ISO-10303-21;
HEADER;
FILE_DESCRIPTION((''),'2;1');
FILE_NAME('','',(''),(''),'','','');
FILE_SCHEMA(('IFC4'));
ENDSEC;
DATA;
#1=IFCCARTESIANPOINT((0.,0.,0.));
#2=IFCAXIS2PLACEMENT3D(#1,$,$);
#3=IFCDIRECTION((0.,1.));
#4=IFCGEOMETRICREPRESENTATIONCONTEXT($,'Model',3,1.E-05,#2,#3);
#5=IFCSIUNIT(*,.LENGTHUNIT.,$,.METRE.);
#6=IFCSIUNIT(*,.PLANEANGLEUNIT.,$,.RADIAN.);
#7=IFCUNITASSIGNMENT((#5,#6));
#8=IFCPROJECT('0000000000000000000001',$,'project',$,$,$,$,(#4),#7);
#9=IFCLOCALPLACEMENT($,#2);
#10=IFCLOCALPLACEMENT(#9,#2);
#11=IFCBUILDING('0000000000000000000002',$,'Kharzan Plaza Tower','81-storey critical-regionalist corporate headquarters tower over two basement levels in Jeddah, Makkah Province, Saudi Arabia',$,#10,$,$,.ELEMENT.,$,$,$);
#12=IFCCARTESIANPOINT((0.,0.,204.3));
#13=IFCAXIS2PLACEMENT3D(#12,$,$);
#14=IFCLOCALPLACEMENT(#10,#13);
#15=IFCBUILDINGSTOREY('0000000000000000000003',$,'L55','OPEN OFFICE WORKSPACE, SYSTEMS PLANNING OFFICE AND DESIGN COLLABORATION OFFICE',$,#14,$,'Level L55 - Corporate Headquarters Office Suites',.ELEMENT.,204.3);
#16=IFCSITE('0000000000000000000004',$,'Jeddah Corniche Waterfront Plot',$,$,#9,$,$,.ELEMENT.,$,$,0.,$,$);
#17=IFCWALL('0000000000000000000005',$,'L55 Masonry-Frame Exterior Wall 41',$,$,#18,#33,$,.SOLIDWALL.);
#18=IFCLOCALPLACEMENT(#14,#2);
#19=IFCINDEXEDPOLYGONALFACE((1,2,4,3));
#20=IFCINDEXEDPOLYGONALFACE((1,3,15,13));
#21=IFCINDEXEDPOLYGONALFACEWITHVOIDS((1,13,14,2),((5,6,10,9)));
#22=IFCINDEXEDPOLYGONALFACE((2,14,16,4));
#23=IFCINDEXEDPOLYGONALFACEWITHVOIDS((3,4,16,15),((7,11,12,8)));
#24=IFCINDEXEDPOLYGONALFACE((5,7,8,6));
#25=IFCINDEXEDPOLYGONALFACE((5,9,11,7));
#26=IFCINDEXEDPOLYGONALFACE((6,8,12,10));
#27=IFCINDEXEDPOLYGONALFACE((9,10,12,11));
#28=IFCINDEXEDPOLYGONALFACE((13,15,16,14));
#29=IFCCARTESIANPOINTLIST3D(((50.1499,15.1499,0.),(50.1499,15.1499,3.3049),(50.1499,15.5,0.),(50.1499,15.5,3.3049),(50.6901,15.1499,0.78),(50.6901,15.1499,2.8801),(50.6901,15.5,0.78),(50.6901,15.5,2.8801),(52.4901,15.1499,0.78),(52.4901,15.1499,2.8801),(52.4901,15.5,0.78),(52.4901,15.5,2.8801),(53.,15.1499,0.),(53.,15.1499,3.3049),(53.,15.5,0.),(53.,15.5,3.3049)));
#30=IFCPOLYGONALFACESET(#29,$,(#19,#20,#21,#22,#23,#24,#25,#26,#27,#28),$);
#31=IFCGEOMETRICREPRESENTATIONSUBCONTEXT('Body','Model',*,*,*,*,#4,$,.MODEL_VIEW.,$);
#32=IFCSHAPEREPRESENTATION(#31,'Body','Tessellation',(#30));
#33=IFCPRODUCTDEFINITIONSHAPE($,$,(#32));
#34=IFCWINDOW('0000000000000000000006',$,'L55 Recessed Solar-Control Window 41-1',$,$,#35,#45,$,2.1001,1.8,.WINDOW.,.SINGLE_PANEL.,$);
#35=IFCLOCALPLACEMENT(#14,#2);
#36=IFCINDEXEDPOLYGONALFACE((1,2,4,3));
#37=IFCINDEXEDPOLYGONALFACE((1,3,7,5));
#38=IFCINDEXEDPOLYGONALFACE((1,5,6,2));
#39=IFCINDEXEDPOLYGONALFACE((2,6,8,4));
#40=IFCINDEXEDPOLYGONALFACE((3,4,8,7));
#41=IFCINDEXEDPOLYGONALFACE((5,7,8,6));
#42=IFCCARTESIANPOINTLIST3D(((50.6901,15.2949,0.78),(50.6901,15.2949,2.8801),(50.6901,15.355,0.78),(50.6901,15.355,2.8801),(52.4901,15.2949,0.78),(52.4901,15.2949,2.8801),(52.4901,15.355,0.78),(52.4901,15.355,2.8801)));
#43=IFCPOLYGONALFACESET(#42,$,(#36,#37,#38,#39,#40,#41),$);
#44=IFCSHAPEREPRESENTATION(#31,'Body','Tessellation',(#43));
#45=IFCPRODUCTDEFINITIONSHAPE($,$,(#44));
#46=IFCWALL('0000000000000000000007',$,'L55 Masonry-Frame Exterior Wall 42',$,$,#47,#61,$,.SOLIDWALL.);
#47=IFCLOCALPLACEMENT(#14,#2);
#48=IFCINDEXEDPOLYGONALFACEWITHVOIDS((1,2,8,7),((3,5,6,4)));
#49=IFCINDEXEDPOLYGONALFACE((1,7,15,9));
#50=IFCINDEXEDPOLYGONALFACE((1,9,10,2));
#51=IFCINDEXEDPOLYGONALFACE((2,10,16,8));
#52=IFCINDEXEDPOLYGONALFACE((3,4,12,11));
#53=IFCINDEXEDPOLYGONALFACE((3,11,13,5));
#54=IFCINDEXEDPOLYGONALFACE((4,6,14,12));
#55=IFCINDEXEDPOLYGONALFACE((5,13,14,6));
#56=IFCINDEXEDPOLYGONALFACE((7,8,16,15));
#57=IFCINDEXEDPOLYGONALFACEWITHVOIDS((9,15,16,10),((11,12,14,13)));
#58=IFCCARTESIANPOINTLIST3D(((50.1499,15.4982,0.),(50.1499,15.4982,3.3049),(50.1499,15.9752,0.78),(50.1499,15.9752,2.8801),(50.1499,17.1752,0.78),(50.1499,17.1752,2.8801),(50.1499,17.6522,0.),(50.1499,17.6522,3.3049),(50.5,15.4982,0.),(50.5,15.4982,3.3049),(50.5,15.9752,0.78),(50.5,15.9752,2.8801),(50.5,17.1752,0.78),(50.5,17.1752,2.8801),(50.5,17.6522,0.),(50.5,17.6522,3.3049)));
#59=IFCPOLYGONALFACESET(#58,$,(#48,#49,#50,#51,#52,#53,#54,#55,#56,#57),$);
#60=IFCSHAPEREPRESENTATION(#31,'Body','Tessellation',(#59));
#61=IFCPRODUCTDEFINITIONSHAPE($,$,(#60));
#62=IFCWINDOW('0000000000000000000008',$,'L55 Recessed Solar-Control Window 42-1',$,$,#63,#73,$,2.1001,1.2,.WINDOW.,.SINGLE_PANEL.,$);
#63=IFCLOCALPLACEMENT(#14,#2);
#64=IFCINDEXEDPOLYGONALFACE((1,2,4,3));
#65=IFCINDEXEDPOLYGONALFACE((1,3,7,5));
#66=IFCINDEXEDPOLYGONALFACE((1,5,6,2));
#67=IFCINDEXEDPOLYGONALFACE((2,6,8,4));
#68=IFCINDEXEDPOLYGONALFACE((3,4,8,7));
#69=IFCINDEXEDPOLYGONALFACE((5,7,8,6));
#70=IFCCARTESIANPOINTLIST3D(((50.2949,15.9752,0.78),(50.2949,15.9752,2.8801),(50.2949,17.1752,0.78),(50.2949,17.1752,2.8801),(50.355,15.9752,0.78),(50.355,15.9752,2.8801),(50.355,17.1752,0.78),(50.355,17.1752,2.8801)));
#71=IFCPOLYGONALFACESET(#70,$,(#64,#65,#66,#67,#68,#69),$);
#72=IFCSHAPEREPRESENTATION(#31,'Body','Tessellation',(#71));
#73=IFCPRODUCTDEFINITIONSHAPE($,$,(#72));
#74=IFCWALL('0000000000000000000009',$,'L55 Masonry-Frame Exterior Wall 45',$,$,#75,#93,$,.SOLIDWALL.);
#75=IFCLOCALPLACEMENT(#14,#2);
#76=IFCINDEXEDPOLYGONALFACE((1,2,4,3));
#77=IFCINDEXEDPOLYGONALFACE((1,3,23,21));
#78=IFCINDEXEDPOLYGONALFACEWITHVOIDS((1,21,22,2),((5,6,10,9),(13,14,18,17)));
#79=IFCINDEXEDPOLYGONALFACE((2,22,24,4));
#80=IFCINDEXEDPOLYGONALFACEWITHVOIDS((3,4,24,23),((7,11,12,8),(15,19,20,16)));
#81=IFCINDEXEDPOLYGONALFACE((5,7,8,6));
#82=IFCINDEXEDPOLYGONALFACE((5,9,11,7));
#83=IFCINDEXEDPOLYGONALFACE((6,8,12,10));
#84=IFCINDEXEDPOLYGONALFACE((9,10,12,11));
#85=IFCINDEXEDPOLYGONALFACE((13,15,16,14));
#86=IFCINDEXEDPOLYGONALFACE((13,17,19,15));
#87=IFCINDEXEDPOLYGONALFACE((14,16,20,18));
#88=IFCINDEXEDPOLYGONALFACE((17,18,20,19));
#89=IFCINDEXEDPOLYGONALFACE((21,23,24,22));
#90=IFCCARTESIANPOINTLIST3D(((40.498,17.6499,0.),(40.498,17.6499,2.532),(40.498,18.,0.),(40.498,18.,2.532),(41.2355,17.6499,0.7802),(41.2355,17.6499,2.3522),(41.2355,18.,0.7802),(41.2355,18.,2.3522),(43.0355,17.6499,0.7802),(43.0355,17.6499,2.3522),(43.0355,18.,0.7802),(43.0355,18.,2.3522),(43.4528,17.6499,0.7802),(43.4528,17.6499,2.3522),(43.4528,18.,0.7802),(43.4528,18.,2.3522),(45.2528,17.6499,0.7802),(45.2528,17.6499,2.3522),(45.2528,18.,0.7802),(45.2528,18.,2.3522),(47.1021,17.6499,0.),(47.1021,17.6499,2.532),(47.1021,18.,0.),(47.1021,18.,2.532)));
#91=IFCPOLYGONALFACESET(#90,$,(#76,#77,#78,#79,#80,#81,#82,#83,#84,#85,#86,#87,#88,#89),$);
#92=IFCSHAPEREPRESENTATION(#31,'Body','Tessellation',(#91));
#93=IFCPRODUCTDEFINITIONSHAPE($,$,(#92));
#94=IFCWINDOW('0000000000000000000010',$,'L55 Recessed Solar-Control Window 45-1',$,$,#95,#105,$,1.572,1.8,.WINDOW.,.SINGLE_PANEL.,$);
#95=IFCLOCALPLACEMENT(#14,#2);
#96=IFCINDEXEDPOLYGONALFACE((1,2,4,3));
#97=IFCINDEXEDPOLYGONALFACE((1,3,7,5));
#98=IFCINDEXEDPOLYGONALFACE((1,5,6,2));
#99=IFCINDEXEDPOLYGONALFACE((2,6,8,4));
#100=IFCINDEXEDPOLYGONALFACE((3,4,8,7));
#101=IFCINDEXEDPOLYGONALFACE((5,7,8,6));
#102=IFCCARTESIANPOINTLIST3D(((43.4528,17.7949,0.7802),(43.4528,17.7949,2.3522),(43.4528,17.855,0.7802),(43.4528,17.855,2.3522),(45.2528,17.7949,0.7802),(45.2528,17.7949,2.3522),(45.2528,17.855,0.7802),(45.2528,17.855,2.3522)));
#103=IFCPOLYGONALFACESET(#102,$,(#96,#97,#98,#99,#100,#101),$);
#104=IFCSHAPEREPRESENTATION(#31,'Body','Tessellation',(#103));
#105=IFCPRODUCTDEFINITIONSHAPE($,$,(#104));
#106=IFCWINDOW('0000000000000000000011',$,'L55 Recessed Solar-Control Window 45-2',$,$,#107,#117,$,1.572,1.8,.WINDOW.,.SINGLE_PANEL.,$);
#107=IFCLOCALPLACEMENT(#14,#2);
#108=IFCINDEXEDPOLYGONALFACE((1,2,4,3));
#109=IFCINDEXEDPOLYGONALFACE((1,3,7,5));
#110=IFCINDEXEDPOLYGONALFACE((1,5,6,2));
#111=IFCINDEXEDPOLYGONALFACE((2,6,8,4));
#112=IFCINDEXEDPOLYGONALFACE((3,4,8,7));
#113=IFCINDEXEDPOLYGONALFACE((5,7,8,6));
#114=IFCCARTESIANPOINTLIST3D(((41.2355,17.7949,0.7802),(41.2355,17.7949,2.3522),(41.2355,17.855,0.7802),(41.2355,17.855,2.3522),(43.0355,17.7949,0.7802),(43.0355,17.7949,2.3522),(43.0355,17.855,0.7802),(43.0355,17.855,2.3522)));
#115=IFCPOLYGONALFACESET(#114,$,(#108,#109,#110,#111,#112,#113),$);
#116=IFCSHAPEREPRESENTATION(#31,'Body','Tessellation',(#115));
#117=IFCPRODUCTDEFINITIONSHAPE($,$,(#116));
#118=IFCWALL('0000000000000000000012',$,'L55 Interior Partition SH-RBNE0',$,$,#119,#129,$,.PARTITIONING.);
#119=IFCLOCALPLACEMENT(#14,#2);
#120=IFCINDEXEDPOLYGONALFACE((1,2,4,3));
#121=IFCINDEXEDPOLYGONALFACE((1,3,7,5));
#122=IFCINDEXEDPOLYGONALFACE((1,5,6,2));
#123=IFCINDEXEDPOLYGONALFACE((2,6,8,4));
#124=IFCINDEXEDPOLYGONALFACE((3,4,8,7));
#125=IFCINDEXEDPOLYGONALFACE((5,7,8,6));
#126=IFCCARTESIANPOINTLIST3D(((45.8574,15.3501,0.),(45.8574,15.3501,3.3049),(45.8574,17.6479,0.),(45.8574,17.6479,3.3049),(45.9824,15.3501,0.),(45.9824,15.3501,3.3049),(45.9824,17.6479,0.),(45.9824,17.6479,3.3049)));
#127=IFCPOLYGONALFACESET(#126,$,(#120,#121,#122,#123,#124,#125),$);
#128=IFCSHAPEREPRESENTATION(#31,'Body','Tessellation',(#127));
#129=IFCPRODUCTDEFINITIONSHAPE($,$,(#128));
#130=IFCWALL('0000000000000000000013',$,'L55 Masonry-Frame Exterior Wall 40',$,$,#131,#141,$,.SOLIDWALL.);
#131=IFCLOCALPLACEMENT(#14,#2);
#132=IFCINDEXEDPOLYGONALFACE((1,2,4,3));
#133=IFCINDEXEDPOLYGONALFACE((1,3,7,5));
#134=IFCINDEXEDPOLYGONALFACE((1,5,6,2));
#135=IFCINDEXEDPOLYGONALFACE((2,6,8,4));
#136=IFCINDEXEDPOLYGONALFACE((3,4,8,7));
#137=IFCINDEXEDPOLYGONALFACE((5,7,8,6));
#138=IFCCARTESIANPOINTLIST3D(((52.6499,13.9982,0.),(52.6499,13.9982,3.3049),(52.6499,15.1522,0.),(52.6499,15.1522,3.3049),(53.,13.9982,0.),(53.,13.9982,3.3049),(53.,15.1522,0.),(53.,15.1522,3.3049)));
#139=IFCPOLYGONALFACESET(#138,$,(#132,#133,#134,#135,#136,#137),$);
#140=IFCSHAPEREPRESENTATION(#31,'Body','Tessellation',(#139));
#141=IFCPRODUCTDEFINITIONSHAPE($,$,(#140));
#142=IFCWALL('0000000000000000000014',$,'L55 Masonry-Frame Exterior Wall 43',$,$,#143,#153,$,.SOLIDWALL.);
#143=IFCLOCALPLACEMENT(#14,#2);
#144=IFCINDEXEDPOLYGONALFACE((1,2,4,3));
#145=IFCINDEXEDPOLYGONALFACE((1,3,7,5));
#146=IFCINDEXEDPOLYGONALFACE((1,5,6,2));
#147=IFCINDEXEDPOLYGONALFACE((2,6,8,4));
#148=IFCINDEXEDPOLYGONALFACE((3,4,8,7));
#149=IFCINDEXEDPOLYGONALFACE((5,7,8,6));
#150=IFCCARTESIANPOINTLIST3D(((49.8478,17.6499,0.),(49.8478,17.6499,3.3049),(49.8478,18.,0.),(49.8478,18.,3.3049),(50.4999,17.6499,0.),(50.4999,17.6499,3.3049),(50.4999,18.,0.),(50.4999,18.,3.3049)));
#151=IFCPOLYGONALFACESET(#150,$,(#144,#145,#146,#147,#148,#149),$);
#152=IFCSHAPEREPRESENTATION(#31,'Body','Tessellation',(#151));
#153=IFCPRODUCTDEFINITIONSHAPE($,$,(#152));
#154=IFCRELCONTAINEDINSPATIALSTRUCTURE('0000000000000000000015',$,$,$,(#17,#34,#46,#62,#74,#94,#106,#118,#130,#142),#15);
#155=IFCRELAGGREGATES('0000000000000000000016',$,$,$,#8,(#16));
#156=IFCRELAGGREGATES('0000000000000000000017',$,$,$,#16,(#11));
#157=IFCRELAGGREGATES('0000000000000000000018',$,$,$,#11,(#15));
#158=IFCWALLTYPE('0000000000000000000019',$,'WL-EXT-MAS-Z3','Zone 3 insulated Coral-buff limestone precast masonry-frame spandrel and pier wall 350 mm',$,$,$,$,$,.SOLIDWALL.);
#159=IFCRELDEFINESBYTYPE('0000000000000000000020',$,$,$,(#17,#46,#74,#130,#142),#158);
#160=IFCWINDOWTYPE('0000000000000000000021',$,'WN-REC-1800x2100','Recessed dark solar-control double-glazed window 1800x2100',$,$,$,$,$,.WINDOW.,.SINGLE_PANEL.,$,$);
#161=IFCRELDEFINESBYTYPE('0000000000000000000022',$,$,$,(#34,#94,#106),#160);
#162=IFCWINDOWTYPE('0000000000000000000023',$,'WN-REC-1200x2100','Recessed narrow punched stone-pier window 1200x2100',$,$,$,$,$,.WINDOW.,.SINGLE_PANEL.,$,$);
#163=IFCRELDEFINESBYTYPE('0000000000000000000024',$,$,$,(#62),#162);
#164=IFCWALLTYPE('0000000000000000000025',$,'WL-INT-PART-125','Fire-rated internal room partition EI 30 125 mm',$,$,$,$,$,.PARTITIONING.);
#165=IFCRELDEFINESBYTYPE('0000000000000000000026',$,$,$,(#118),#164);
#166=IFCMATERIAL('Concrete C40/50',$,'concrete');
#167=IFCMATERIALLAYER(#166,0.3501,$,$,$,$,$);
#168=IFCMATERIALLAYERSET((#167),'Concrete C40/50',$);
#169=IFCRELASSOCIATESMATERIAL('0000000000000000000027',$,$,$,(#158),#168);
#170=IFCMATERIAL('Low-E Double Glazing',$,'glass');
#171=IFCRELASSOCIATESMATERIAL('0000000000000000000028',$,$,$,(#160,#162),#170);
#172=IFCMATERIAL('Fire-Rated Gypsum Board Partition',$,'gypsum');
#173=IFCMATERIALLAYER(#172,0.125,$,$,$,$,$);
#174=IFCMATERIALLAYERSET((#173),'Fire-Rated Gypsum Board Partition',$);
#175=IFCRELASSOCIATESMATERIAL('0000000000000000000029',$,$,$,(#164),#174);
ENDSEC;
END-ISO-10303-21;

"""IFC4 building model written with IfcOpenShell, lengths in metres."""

from ifc_helpers import new_model, si_unit, direction, frame, frame_2d, origin, place, context, subcontext, project, spatial, rectangle, extrude, source, transform, mapped, material, layer, layer_set, type_object, element, fill, save


model = new_model("IFC4")

# Units and contexts
model_context = context("Model", 3, precision=1e-05, world=origin(), true_north=direction((0.0, 1.0)))
body_context = subcontext(model_context, "Body", "Model", "MODEL_VIEW")
ifc_project = project(units=[si_unit("LENGTHUNIT", "METRE"), si_unit("PLANEANGLEUNIT", "RADIAN")], contexts=[model_context])

# Site, building, storey
site_placement = place(None, origin())
site = spatial("IfcSite", under=ifc_project, at=site_placement, Name="Jeddah Corniche Waterfront Plot", CompositionType="ELEMENT", RefElevation=0.0)
building_placement = place(site_placement, origin())
building = spatial("IfcBuilding", under=site, at=building_placement, Name="Kharzan Plaza Tower", Description="81-storey critical-regionalist corporate headquarters tower over two basement levels in Jeddah, Makkah Province, Saudi Arabia", CompositionType="ELEMENT")
storey_placement = place(building_placement, frame((0.0, 0.0, 204.3)))
storey = spatial("IfcBuildingStorey", under=building, at=storey_placement, Name="L55", Description="OPEN OFFICE WORKSPACE, SYSTEMS PLANNING OFFICE AND DESIGN COLLABORATION OFFICE", LongName="Level L55 - Corporate Headquarters Office Suites", CompositionType="ELEMENT", Elevation=204.3)

# Walls, openings, windows
ifc_material_1 = material(Name="Concrete C40/50", Category="concrete")
ifc_layer_1 = layer(ifc_material_1, 0.3501)
ifc_layer_set_1 = layer_set([ifc_layer_1], Name="Concrete C40/50")
wall_type_1 = type_object("IfcWallType", Name="WL-EXT-MAS-Z3", Description="Zone 3 insulated Coral-buff limestone precast masonry-frame spandrel and pier wall 350 mm", PredefinedType="SOLIDWALL", material=ifc_layer_set_1)
wall_1_placement = place(storey_placement, frame((53.0, 15.325, 0.0), z_axis=(0.0, 0.0, 1.0), x_axis=(-1.0, 0.0, 0.0)))
wall_1 = element("IfcWall", 1, at=wall_1_placement, inside=storey, type_object=wall_type_1, Name="L55 Masonry-Frame Exterior Wall 41", PredefinedType="SOLIDWALL", context=body_context, shape_type="SweptSolid", body=[
    extrude(rectangle(XDim=2.8501, YDim=0.3501, at=frame_2d((1.425, 0.0))), origin(), (0.0, 0.0, 1.0), 3.3049),
])
opening_1_placement = place(wall_1_placement, frame((0.51, 0.0, 0.78)))
opening_1 = element("IfcOpeningElement", 2, at=opening_1_placement, cuts=wall_1, PredefinedType="OPENING", context=body_context, shape_type="SweptSolid", body=[
    extrude(rectangle(XDim=1.8, YDim=2.1001, at=frame_2d((0.8999, 1.05))), frame((0.0, 0.1851, 0.0), z_axis=(0.0, -1.0, 0.0), x_axis=(1.0, 0.0, 0.0)), (0.0, 0.0, 1.0), 0.3701),
])
ifc_material_2 = material(Name="Low-E Double Glazing", Category="glass")
window_type_1 = type_object("IfcWindowType", Name="WN-REC-1800x2100", Description="Recessed dark solar-control double-glazed window 1800x2100", PartitioningType="SINGLE_PANEL", PredefinedType="WINDOW", material=ifc_material_2)
shared_shape_1 = source(origin(), body_context, "Body", "SweptSolid", [
    extrude(rectangle(XDim=1.8, YDim=2.1001, at=frame_2d((0.8999, 1.05))), frame((0.0, 0.03, 0.0), z_axis=(0.0, -1.0, 0.0), x_axis=(1.0, 0.0, 0.0)), (0.0, 0.0, 1.0), 0.0601),
])
window_1_placement = place(opening_1_placement, origin())
window_1 = element("IfcWindow", 3, at=window_1_placement, inside=storey, type_object=window_type_1, Name="L55 Recessed Solar-Control Window 41-1", OverallHeight=2.1001, OverallWidth=1.8, PartitioningType="SINGLE_PANEL", PredefinedType="WINDOW", context=body_context, shape_type="MappedRepresentation", body=[
    mapped(shared_shape_1, transform((0.0, 0.0, 0.0), x_axis=(1.0, 0.0, 0.0), y_axis=(0.0, 1.0, 0.0), z_axis=(0.0, 0.0, 1.0))),
])
fill(opening_1, window_1)
wall_2_placement = place(storey_placement, frame((50.325, 15.498, 0.0), z_axis=(0.0, 0.0, 1.0), x_axis=(0.0, 1.0, 0.0)))
wall_2 = element("IfcWall", 4, at=wall_2_placement, inside=storey, type_object=wall_type_1, Name="L55 Masonry-Frame Exterior Wall 42", PredefinedType="SOLIDWALL", context=body_context, shape_type="SweptSolid", body=[
    extrude(rectangle(XDim=2.1541, YDim=0.3501, at=frame_2d((1.0771, 0.0))), origin(), (0.0, 0.0, 1.0), 3.3049),
])
opening_2_placement = place(wall_2_placement, frame((0.4771, 0.0, 0.78)))
opening_2 = element("IfcOpeningElement", 5, at=opening_2_placement, cuts=wall_2, PredefinedType="OPENING", context=body_context, shape_type="SweptSolid", body=[
    extrude(rectangle(XDim=1.2, YDim=2.1001, at=frame_2d((0.6001, 1.05))), frame((0.0, 0.1851, 0.0), z_axis=(0.0, -1.0, 0.0), x_axis=(1.0, 0.0, 0.0)), (0.0, 0.0, 1.0), 0.3701),
])
window_type_2 = type_object("IfcWindowType", Name="WN-REC-1200x2100", Description="Recessed narrow punched stone-pier window 1200x2100", PartitioningType="SINGLE_PANEL", PredefinedType="WINDOW", material=ifc_material_2)
shared_shape_2 = source(origin(), body_context, "Body", "SweptSolid", [
    extrude(rectangle(XDim=1.2, YDim=2.1001, at=frame_2d((0.6001, 1.05))), frame((0.0, 0.03, 0.0), z_axis=(0.0, -1.0, 0.0), x_axis=(1.0, 0.0, 0.0)), (0.0, 0.0, 1.0), 0.0601),
])
window_2_placement = place(opening_2_placement, origin())
window_2 = element("IfcWindow", 6, at=window_2_placement, inside=storey, type_object=window_type_2, Name="L55 Recessed Solar-Control Window 42-1", OverallHeight=2.1001, OverallWidth=1.2, PartitioningType="SINGLE_PANEL", PredefinedType="WINDOW", context=body_context, shape_type="MappedRepresentation", body=[
    mapped(shared_shape_2, transform((0.0, 0.0, 0.0), x_axis=(1.0, 0.0, 0.0), y_axis=(0.0, 1.0, 0.0), z_axis=(0.0, 0.0, 1.0))),
])
fill(opening_2, window_2)

# Wall, openings, windows
wall_3_placement = place(storey_placement, frame((47.1021, 17.825, 0.0), z_axis=(0.0, 0.0, 1.0), x_axis=(-1.0, 0.0, 0.0)))
wall_3 = element("IfcWall", 7, at=wall_3_placement, inside=storey, type_object=wall_type_1, Name="L55 Masonry-Frame Exterior Wall 45", PredefinedType="SOLIDWALL", context=body_context, shape_type="SweptSolid", body=[
    extrude(rectangle(XDim=6.604, YDim=0.3501, at=frame_2d((3.302, 0.0))), origin(), (0.0, 0.0, 1.0), 2.532),
])
opening_3_placement = place(wall_3_placement, frame((1.8494, 0.0, 0.78)))
opening_3 = element("IfcOpeningElement", 8, at=opening_3_placement, cuts=wall_3, PredefinedType="OPENING", context=body_context, shape_type="SweptSolid", body=[
    extrude(rectangle(XDim=1.8, YDim=1.572, at=frame_2d((0.8999, 0.7861))), frame((0.0, 0.1851, 0.0), z_axis=(0.0, -1.0, 0.0), x_axis=(1.0, 0.0, 0.0)), (0.0, 0.0, 1.0), 0.3701),
])
opening_4_placement = place(wall_3_placement, frame((4.0667, 0.0, 0.78)))
opening_4 = element("IfcOpeningElement", 9, at=opening_4_placement, cuts=wall_3, PredefinedType="OPENING", context=body_context, shape_type="SweptSolid", body=[
    extrude(rectangle(XDim=1.8, YDim=1.572, at=frame_2d((0.8999, 0.7861))), frame((0.0, 0.1851, 0.0), z_axis=(0.0, -1.0, 0.0), x_axis=(1.0, 0.0, 0.0)), (0.0, 0.0, 1.0), 0.3701),
])
shared_shape_3 = source(origin(), body_context, "Body", "SweptSolid", [
    extrude(rectangle(XDim=1.8, YDim=1.572, at=frame_2d((0.8999, 0.7861))), frame((0.0, 0.03, 0.0), z_axis=(0.0, -1.0, 0.0), x_axis=(1.0, 0.0, 0.0)), (0.0, 0.0, 1.0), 0.0601),
])
window_3_placement = place(opening_3_placement, origin())
window_3 = element("IfcWindow", 10, at=window_3_placement, inside=storey, type_object=window_type_1, Name="L55 Recessed Solar-Control Window 45-1", OverallHeight=1.572, OverallWidth=1.8, PartitioningType="SINGLE_PANEL", PredefinedType="WINDOW", context=body_context, shape_type="MappedRepresentation", body=[
    mapped(shared_shape_3, transform((0.0, 0.0, 0.0), x_axis=(1.0, 0.0, 0.0), y_axis=(0.0, 1.0, 0.0), z_axis=(0.0, 0.0, 1.0))),
])
fill(opening_3, window_3)
window_4_placement = place(opening_4_placement, origin())
window_4 = element("IfcWindow", 11, at=window_4_placement, inside=storey, type_object=window_type_1, Name="L55 Recessed Solar-Control Window 45-2", OverallHeight=1.572, OverallWidth=1.8, PartitioningType="SINGLE_PANEL", PredefinedType="WINDOW", context=body_context, shape_type="MappedRepresentation", body=[
    mapped(shared_shape_3, transform((0.0, 0.0, 0.0), x_axis=(1.0, 0.0, 0.0), y_axis=(0.0, 1.0, 0.0), z_axis=(0.0, 0.0, 1.0))),
])
fill(opening_4, window_4)

# Shared definitions
ifc_material_3 = material(Name="Fire-Rated Gypsum Board Partition", Category="gypsum")
ifc_layer_2 = layer(ifc_material_3, 0.125)
ifc_layer_set_2 = layer_set([ifc_layer_2], Name="Fire-Rated Gypsum Board Partition")
wall_type_2 = type_object("IfcWallType", Name="WL-INT-PART-125", Description="Fire-rated internal room partition EI 30 125 mm", PredefinedType="PARTITIONING", material=ifc_layer_set_2)

# Walls
shared_shape_4 = source(origin(), body_context, "Body", "SweptSolid", [
    extrude(rectangle(XDim=2.2979, YDim=0.125, at=frame_2d((1.1489, 0.0))), origin(), (0.0, 0.0, 1.0), 3.3049),
])
wall_4_placement = place(storey_placement, frame((45.9199, 15.3501, 0.0), z_axis=(0.0, 0.0, 1.0), x_axis=(0.0, 1.0, 0.0)))
element("IfcWall", 12, at=wall_4_placement, inside=storey, type_object=wall_type_2, Name="L55 Interior Partition SH-RBNE0", PredefinedType="PARTITIONING", context=body_context, shape_type="MappedRepresentation", body=[
    mapped(shared_shape_4, transform((0.0, 0.0, 0.0), x_axis=(1.0, 0.0, 0.0), y_axis=(0.0, 1.0, 0.0), z_axis=(0.0, 0.0, 1.0))),
])
shared_shape_5 = source(origin(), body_context, "Body", "SweptSolid", [
    extrude(rectangle(XDim=1.1541, YDim=0.3501, at=frame_2d((0.5771, 0.0))), origin(), (0.0, 0.0, 1.0), 3.3049),
])
wall_5_placement = place(storey_placement, frame((52.825, 13.998, 0.0), z_axis=(0.0, 0.0, 1.0), x_axis=(0.0, 1.0, 0.0)))
element("IfcWall", 13, at=wall_5_placement, inside=storey, type_object=wall_type_1, Name="L55 Masonry-Frame Exterior Wall 40", PredefinedType="SOLIDWALL", context=body_context, shape_type="MappedRepresentation", body=[
    mapped(shared_shape_5, transform((0.0, 0.0, 0.0), x_axis=(1.0, 0.0, 0.0), y_axis=(0.0, 1.0, 0.0), z_axis=(0.0, 0.0, 1.0))),
])
shared_shape_6 = source(origin(), body_context, "Body", "SweptSolid", [
    extrude(rectangle(XDim=0.6521, YDim=0.3501, at=frame_2d((0.3262, 0.0))), origin(), (0.0, 0.0, 1.0), 3.3049),
])
wall_6_placement = place(storey_placement, frame((50.5, 17.825, 0.0), z_axis=(0.0, 0.0, 1.0), x_axis=(-1.0, 0.0, 0.0)))
element("IfcWall", 14, at=wall_6_placement, inside=storey, type_object=wall_type_1, Name="L55 Masonry-Frame Exterior Wall 43", PredefinedType="SOLIDWALL", context=body_context, shape_type="MappedRepresentation", body=[
    mapped(shared_shape_6, transform((0.0, 0.0, 0.0), x_axis=(1.0, 0.0, 0.0), y_axis=(0.0, 1.0, 0.0), z_axis=(0.0, 0.0, 1.0))),
])

save(model, "model.ifc")
